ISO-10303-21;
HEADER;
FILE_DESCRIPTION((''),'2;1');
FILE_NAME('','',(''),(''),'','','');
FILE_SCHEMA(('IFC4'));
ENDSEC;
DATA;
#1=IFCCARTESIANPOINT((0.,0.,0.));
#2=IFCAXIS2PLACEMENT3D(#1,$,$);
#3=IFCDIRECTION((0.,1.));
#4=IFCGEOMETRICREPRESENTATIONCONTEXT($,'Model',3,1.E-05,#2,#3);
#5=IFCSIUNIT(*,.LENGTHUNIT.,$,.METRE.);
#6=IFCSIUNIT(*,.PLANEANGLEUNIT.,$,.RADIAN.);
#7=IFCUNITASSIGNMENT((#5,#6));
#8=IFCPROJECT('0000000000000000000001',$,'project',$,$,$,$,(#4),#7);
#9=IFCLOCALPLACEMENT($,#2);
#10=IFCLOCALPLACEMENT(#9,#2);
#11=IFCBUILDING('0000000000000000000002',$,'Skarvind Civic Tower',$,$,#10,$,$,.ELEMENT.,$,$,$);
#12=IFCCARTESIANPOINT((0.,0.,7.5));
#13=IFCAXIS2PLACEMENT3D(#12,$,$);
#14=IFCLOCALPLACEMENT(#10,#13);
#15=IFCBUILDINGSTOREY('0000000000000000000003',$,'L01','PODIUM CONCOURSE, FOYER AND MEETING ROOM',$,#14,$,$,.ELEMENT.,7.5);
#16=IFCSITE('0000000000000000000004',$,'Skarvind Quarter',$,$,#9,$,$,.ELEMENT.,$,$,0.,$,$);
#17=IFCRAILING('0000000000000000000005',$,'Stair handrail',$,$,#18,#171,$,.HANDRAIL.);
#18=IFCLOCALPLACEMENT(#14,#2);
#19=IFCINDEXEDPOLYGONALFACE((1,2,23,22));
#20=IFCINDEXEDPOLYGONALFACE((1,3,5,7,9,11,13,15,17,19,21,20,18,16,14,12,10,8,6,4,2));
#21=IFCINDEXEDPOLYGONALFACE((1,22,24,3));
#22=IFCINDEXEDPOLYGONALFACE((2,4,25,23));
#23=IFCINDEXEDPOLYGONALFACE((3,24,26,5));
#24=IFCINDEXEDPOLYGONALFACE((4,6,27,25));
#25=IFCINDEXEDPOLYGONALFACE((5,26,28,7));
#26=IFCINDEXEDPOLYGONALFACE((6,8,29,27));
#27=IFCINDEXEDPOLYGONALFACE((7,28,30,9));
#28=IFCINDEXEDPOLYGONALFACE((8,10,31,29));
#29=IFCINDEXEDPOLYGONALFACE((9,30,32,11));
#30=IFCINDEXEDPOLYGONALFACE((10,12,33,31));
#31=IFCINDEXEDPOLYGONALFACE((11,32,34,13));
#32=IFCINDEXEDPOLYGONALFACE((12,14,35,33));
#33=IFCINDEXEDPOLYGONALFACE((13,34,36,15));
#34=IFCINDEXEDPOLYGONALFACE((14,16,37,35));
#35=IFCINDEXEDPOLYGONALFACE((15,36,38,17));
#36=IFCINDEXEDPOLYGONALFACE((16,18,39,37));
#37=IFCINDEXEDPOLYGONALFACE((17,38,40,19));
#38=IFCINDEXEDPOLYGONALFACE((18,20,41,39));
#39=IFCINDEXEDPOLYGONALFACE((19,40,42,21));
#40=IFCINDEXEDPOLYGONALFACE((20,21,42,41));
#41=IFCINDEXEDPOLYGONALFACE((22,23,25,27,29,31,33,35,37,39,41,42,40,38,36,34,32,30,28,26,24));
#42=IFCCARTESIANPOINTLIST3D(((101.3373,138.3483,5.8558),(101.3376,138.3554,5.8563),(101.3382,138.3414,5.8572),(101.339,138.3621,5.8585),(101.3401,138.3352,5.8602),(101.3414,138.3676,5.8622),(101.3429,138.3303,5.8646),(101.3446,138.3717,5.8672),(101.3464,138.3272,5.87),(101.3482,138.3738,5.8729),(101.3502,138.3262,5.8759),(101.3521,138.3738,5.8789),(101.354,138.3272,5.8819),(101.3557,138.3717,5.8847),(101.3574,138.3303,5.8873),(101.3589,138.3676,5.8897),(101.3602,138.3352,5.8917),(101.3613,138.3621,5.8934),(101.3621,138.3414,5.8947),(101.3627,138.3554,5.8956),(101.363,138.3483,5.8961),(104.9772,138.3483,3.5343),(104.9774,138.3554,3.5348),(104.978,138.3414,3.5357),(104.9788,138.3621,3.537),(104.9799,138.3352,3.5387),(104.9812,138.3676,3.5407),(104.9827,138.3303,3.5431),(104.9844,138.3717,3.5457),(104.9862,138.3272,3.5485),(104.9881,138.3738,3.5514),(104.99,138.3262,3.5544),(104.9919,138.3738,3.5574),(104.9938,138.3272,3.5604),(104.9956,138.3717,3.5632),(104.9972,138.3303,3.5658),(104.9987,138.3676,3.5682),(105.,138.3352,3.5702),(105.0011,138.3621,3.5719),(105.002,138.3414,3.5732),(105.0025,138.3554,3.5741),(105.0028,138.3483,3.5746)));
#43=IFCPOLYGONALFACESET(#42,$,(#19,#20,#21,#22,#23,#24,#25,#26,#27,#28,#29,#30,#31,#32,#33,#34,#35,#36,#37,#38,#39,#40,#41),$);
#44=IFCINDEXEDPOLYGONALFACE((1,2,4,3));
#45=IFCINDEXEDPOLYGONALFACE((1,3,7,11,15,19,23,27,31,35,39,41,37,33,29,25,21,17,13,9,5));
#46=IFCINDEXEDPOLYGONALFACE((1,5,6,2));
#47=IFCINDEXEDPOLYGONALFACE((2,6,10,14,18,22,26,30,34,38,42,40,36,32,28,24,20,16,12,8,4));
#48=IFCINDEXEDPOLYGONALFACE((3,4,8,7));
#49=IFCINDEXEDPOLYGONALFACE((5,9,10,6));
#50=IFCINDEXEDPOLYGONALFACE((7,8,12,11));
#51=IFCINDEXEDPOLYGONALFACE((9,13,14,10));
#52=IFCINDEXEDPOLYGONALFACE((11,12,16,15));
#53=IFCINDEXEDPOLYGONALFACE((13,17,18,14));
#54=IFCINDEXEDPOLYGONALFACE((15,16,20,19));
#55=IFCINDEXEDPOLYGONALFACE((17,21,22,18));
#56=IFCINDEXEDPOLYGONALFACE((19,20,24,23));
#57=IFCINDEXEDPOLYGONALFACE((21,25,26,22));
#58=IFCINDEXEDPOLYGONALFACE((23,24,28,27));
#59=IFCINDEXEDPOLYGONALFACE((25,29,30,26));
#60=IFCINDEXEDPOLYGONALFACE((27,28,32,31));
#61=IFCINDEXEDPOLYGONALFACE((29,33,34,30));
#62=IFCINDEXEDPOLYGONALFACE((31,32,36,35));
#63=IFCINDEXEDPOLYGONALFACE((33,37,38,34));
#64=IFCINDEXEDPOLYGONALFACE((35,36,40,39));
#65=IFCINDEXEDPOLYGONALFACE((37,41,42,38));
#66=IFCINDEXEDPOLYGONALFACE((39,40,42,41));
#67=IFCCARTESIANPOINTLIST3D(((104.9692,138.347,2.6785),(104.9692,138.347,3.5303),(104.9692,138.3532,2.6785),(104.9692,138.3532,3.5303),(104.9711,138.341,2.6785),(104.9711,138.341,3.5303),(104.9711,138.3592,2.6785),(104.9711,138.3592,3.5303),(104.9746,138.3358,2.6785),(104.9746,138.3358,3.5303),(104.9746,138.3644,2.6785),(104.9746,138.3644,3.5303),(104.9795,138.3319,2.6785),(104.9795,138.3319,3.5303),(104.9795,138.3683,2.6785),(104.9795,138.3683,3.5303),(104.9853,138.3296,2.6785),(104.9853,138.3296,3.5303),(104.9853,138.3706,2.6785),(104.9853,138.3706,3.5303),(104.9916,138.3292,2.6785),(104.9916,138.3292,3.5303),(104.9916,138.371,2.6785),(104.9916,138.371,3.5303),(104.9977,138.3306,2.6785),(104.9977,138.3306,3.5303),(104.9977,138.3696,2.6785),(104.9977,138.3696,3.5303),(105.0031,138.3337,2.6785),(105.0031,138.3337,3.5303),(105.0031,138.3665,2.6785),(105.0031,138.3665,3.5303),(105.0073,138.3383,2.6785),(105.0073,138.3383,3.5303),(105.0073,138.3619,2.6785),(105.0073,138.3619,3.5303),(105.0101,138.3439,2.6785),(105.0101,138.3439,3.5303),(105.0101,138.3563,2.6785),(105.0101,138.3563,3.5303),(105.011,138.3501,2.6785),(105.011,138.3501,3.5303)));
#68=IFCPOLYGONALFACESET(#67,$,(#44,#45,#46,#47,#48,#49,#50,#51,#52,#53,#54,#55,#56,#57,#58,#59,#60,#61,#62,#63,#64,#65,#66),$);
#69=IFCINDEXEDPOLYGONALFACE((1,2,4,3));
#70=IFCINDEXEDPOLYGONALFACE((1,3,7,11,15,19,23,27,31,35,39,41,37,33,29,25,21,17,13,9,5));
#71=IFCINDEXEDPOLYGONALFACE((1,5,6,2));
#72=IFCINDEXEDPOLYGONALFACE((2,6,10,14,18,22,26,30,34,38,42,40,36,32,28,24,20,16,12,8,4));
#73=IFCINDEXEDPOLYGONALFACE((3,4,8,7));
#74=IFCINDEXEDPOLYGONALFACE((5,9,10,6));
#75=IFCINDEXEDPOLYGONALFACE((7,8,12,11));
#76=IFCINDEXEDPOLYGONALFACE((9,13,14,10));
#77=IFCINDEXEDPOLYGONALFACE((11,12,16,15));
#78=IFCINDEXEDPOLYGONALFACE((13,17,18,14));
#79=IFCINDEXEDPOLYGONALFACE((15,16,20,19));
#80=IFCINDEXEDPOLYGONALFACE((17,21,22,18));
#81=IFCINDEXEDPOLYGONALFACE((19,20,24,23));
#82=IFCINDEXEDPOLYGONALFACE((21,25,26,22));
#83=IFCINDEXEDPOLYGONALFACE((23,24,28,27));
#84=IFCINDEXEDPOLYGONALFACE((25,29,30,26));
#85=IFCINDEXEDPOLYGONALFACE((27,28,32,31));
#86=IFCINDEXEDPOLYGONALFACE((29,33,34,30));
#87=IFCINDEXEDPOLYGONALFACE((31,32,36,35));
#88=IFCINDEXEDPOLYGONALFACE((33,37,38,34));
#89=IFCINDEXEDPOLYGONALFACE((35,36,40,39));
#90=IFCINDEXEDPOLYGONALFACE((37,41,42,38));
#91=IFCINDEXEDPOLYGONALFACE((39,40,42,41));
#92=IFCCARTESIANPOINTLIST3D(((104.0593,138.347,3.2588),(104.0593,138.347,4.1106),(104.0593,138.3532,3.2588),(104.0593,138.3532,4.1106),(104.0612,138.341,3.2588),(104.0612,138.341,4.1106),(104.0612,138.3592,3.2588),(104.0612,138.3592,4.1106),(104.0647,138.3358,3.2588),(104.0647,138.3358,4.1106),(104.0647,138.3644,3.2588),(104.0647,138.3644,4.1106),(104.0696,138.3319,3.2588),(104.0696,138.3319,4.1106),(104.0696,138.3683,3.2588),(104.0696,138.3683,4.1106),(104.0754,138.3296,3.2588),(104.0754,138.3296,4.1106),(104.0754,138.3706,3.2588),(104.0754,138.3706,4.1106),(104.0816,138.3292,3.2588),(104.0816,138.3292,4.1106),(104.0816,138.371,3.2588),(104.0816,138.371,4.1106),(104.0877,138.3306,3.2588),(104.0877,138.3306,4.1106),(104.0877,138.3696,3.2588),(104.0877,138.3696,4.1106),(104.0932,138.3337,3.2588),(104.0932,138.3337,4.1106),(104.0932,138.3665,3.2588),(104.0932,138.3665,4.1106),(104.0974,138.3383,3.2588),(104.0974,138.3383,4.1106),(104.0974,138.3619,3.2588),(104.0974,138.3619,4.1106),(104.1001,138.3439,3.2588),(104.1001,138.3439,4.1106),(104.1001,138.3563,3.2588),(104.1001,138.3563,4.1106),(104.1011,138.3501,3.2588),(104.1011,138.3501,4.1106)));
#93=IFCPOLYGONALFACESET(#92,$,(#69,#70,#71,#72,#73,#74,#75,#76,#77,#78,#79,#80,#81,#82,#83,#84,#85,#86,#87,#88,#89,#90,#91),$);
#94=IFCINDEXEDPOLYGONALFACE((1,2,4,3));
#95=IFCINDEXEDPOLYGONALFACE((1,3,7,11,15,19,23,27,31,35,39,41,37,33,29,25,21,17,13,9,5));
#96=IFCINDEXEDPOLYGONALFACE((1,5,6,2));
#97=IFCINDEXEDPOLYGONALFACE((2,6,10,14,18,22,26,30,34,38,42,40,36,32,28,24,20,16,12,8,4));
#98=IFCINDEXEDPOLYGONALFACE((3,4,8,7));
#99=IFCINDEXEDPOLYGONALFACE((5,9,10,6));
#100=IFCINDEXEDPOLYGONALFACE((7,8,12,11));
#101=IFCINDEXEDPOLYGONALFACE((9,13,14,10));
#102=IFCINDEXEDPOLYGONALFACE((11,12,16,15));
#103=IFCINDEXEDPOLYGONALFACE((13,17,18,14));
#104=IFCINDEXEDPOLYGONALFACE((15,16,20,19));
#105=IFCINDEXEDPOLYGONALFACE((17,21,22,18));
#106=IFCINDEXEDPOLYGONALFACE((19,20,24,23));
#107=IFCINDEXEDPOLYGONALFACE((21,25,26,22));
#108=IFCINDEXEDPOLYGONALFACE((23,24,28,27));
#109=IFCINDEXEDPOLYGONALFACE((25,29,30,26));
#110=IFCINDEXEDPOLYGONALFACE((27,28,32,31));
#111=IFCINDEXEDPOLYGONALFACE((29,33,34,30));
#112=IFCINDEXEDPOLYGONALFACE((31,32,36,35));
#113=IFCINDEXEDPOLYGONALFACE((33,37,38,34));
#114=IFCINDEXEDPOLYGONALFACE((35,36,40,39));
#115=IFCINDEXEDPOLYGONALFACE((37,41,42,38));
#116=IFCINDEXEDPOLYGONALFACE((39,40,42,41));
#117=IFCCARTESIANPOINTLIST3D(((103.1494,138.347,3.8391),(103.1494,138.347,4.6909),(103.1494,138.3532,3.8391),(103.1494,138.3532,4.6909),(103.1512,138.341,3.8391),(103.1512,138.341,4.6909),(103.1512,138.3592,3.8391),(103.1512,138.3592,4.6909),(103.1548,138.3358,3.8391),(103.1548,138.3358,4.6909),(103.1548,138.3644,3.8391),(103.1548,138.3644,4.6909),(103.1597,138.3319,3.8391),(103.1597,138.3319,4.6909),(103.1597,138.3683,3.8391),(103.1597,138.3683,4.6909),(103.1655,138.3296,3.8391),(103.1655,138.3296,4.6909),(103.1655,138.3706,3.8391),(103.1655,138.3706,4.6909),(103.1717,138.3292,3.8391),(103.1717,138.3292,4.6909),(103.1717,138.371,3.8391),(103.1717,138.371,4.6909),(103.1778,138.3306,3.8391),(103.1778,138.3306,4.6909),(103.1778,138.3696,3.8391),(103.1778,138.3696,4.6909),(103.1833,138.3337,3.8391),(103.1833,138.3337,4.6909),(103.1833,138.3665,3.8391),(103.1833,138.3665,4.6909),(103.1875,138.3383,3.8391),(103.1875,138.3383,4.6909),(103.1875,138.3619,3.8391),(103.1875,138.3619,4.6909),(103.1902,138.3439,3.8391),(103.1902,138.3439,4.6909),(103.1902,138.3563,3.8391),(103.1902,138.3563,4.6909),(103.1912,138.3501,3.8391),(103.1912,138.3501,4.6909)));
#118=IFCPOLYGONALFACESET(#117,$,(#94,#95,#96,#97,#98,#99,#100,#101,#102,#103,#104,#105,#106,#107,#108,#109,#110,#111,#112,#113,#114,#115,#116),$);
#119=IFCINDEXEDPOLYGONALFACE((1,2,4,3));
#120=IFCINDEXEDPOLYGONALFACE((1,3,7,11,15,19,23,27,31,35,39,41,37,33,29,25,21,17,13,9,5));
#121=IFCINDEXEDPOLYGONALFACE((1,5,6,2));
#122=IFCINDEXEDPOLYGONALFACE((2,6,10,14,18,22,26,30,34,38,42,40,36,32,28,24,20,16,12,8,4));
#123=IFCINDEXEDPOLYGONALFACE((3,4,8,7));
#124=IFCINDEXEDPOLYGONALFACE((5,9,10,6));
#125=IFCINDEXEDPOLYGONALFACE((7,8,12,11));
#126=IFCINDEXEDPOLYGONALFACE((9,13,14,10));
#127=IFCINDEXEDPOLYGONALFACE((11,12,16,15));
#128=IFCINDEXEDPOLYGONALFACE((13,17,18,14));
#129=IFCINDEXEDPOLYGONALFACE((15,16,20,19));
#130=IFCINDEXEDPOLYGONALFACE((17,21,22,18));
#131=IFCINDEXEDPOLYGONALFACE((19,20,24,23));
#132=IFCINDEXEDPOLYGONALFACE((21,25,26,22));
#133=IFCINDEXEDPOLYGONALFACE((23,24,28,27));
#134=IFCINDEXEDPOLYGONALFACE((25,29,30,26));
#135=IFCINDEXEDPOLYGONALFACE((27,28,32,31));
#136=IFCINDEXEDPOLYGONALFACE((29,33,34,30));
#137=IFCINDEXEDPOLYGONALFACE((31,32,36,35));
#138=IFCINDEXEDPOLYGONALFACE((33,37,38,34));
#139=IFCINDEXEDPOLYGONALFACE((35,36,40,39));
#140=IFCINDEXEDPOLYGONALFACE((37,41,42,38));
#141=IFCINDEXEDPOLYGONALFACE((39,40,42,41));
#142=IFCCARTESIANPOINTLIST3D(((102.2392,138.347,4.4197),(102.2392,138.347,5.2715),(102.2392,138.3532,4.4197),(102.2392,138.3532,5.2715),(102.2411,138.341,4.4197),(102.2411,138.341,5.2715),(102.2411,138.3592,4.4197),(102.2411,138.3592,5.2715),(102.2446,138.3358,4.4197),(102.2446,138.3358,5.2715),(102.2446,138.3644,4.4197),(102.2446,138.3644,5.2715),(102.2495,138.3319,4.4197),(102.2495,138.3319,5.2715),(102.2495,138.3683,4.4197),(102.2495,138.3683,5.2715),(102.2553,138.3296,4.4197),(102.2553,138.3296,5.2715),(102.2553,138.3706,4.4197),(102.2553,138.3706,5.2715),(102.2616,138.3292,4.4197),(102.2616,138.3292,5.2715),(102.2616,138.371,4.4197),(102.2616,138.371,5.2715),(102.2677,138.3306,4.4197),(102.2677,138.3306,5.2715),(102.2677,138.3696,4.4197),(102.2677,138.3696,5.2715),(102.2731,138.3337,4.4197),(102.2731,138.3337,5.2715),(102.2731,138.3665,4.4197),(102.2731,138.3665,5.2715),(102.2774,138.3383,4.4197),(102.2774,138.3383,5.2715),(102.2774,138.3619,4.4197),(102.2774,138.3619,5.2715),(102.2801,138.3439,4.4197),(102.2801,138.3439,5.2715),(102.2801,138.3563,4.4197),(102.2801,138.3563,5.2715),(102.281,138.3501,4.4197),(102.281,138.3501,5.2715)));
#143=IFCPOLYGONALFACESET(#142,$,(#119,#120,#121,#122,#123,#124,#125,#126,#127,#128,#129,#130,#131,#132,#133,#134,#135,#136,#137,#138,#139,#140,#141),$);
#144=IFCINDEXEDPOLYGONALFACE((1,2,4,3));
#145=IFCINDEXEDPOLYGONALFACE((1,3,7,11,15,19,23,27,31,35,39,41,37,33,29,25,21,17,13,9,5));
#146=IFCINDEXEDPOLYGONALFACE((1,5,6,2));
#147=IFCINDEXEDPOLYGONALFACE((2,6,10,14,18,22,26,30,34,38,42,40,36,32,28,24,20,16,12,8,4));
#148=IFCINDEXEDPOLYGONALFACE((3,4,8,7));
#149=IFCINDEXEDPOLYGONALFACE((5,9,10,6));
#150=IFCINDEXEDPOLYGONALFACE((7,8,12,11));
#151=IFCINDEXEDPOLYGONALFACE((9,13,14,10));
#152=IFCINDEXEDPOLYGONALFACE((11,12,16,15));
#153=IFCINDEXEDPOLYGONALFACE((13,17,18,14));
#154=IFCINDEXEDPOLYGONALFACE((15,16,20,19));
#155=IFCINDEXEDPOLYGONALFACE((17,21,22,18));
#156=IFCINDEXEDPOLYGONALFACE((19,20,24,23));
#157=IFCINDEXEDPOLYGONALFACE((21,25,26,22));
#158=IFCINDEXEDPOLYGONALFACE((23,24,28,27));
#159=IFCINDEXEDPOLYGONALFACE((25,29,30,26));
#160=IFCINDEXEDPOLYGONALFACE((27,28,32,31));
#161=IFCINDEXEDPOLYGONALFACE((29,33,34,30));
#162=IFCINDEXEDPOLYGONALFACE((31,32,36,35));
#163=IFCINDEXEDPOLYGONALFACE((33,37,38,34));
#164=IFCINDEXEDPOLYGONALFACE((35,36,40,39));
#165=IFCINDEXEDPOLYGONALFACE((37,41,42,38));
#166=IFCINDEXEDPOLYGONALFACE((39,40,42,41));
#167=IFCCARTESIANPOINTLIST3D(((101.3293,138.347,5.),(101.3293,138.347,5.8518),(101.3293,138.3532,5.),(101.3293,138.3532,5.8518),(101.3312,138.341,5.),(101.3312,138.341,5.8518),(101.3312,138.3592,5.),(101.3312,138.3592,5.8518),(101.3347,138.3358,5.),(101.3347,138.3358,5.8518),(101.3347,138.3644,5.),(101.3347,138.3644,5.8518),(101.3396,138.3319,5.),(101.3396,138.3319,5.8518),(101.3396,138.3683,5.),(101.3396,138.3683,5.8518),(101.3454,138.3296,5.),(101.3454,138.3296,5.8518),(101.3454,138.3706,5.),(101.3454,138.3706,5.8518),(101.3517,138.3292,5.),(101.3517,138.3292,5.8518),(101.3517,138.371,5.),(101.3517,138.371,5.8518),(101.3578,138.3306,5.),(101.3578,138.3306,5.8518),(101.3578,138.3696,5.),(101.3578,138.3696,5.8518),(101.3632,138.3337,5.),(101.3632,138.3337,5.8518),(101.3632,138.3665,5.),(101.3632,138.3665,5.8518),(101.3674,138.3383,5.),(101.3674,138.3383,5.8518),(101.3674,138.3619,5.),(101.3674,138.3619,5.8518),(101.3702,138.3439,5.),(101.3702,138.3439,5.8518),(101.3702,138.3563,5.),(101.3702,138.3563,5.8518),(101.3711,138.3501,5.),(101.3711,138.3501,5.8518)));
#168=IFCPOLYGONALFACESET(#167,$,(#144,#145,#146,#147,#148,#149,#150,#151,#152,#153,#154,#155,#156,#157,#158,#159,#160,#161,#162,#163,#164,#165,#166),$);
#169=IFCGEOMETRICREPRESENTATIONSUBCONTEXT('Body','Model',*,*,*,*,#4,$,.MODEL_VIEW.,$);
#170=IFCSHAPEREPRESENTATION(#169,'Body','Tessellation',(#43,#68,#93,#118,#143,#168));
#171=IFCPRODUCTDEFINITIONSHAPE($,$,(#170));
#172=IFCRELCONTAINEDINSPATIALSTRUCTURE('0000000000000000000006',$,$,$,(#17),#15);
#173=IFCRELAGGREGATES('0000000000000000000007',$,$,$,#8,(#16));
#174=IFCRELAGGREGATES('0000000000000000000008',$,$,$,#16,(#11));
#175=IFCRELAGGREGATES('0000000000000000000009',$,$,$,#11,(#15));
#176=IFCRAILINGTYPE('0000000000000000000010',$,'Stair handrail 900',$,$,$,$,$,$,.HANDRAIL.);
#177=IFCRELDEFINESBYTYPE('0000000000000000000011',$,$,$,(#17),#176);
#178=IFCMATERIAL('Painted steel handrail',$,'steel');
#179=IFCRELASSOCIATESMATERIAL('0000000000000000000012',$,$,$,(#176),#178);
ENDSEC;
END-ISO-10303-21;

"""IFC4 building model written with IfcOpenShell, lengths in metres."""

from ifc_helpers import new_model, si_unit, direction, frame, origin, origin_2d, place, context, subcontext, project, spatial, circle, extrude, material, type_object, element, save


model = new_model("IFC4")

# Units and contexts
model_context = context("Model", 3, precision=1e-05, world=origin(), true_north=direction((0.0, 1.0)))
body_context = subcontext(model_context, "Body", "Model", "MODEL_VIEW")
ifc_project = project(units=[si_unit("LENGTHUNIT", "METRE"), si_unit("PLANEANGLEUNIT", "RADIAN")], contexts=[model_context])

# Site, building, storey
site_placement = place(None, origin())
site = spatial("IfcSite", under=ifc_project, at=site_placement, Name="Skarvind Quarter", CompositionType="ELEMENT", RefElevation=0.0)
building_placement = place(site_placement, origin())
building = spatial("IfcBuilding", under=site, at=building_placement, Name="Skarvind Civic Tower", CompositionType="ELEMENT")
storey_placement = place(building_placement, frame((0.0, 0.0, 7.5)))
storey = spatial("IfcBuildingStorey", under=building, at=storey_placement, Name="L01", Description="PODIUM CONCOURSE, FOYER AND MEETING ROOM", CompositionType="ELEMENT", Elevation=7.5)

# Railing
ifc_material_1 = material(Name="Painted steel handrail", Category="steel")
railing_type = type_object("IfcRailingType", Name="Stair handrail 900", PredefinedType="HANDRAIL", material=ifc_material_1)
railing_1_placement = place(storey_placement, frame((104.99, 138.3501, 2.6785)))
element("IfcRailing", 1, at=railing_1_placement, inside=storey, type_object=railing_type, Name="Stair handrail", PredefinedType="HANDRAIL", context=body_context, shape_type="SweptSolid", body=[
    extrude(circle(Radius=0.0239, at=origin_2d()), frame((0.0, 0.0, 0.876), z_axis=(-0.843112, 0.0, 0.537739), x_axis=(0.0, -1.0, 0.0)), (0.0, 0.0, 1.0), 4.3171),
    extrude(circle(Radius=0.021, at=origin_2d()), origin(), (0.0, 0.0, 1.0), 0.8518),
    extrude(circle(Radius=0.021, at=origin_2d()), frame((-0.9099, 0.0, 0.5803)), (0.0, 0.0, 1.0), 0.8518),
    extrude(circle(Radius=0.021, at=origin_2d()), frame((-1.8198, 0.0, 1.1606)), (0.0, 0.0, 1.0), 0.8518),
    extrude(circle(Radius=0.021, at=origin_2d()), frame((-2.73, 0.0, 1.7412)), (0.0, 0.0, 1.0), 0.8518),
    extrude(circle(Radius=0.021, at=origin_2d()), frame((-3.6399, 0.0, 2.3215)), (0.0, 0.0, 1.0), 0.8518),
])

save(model, "model.ifc")
